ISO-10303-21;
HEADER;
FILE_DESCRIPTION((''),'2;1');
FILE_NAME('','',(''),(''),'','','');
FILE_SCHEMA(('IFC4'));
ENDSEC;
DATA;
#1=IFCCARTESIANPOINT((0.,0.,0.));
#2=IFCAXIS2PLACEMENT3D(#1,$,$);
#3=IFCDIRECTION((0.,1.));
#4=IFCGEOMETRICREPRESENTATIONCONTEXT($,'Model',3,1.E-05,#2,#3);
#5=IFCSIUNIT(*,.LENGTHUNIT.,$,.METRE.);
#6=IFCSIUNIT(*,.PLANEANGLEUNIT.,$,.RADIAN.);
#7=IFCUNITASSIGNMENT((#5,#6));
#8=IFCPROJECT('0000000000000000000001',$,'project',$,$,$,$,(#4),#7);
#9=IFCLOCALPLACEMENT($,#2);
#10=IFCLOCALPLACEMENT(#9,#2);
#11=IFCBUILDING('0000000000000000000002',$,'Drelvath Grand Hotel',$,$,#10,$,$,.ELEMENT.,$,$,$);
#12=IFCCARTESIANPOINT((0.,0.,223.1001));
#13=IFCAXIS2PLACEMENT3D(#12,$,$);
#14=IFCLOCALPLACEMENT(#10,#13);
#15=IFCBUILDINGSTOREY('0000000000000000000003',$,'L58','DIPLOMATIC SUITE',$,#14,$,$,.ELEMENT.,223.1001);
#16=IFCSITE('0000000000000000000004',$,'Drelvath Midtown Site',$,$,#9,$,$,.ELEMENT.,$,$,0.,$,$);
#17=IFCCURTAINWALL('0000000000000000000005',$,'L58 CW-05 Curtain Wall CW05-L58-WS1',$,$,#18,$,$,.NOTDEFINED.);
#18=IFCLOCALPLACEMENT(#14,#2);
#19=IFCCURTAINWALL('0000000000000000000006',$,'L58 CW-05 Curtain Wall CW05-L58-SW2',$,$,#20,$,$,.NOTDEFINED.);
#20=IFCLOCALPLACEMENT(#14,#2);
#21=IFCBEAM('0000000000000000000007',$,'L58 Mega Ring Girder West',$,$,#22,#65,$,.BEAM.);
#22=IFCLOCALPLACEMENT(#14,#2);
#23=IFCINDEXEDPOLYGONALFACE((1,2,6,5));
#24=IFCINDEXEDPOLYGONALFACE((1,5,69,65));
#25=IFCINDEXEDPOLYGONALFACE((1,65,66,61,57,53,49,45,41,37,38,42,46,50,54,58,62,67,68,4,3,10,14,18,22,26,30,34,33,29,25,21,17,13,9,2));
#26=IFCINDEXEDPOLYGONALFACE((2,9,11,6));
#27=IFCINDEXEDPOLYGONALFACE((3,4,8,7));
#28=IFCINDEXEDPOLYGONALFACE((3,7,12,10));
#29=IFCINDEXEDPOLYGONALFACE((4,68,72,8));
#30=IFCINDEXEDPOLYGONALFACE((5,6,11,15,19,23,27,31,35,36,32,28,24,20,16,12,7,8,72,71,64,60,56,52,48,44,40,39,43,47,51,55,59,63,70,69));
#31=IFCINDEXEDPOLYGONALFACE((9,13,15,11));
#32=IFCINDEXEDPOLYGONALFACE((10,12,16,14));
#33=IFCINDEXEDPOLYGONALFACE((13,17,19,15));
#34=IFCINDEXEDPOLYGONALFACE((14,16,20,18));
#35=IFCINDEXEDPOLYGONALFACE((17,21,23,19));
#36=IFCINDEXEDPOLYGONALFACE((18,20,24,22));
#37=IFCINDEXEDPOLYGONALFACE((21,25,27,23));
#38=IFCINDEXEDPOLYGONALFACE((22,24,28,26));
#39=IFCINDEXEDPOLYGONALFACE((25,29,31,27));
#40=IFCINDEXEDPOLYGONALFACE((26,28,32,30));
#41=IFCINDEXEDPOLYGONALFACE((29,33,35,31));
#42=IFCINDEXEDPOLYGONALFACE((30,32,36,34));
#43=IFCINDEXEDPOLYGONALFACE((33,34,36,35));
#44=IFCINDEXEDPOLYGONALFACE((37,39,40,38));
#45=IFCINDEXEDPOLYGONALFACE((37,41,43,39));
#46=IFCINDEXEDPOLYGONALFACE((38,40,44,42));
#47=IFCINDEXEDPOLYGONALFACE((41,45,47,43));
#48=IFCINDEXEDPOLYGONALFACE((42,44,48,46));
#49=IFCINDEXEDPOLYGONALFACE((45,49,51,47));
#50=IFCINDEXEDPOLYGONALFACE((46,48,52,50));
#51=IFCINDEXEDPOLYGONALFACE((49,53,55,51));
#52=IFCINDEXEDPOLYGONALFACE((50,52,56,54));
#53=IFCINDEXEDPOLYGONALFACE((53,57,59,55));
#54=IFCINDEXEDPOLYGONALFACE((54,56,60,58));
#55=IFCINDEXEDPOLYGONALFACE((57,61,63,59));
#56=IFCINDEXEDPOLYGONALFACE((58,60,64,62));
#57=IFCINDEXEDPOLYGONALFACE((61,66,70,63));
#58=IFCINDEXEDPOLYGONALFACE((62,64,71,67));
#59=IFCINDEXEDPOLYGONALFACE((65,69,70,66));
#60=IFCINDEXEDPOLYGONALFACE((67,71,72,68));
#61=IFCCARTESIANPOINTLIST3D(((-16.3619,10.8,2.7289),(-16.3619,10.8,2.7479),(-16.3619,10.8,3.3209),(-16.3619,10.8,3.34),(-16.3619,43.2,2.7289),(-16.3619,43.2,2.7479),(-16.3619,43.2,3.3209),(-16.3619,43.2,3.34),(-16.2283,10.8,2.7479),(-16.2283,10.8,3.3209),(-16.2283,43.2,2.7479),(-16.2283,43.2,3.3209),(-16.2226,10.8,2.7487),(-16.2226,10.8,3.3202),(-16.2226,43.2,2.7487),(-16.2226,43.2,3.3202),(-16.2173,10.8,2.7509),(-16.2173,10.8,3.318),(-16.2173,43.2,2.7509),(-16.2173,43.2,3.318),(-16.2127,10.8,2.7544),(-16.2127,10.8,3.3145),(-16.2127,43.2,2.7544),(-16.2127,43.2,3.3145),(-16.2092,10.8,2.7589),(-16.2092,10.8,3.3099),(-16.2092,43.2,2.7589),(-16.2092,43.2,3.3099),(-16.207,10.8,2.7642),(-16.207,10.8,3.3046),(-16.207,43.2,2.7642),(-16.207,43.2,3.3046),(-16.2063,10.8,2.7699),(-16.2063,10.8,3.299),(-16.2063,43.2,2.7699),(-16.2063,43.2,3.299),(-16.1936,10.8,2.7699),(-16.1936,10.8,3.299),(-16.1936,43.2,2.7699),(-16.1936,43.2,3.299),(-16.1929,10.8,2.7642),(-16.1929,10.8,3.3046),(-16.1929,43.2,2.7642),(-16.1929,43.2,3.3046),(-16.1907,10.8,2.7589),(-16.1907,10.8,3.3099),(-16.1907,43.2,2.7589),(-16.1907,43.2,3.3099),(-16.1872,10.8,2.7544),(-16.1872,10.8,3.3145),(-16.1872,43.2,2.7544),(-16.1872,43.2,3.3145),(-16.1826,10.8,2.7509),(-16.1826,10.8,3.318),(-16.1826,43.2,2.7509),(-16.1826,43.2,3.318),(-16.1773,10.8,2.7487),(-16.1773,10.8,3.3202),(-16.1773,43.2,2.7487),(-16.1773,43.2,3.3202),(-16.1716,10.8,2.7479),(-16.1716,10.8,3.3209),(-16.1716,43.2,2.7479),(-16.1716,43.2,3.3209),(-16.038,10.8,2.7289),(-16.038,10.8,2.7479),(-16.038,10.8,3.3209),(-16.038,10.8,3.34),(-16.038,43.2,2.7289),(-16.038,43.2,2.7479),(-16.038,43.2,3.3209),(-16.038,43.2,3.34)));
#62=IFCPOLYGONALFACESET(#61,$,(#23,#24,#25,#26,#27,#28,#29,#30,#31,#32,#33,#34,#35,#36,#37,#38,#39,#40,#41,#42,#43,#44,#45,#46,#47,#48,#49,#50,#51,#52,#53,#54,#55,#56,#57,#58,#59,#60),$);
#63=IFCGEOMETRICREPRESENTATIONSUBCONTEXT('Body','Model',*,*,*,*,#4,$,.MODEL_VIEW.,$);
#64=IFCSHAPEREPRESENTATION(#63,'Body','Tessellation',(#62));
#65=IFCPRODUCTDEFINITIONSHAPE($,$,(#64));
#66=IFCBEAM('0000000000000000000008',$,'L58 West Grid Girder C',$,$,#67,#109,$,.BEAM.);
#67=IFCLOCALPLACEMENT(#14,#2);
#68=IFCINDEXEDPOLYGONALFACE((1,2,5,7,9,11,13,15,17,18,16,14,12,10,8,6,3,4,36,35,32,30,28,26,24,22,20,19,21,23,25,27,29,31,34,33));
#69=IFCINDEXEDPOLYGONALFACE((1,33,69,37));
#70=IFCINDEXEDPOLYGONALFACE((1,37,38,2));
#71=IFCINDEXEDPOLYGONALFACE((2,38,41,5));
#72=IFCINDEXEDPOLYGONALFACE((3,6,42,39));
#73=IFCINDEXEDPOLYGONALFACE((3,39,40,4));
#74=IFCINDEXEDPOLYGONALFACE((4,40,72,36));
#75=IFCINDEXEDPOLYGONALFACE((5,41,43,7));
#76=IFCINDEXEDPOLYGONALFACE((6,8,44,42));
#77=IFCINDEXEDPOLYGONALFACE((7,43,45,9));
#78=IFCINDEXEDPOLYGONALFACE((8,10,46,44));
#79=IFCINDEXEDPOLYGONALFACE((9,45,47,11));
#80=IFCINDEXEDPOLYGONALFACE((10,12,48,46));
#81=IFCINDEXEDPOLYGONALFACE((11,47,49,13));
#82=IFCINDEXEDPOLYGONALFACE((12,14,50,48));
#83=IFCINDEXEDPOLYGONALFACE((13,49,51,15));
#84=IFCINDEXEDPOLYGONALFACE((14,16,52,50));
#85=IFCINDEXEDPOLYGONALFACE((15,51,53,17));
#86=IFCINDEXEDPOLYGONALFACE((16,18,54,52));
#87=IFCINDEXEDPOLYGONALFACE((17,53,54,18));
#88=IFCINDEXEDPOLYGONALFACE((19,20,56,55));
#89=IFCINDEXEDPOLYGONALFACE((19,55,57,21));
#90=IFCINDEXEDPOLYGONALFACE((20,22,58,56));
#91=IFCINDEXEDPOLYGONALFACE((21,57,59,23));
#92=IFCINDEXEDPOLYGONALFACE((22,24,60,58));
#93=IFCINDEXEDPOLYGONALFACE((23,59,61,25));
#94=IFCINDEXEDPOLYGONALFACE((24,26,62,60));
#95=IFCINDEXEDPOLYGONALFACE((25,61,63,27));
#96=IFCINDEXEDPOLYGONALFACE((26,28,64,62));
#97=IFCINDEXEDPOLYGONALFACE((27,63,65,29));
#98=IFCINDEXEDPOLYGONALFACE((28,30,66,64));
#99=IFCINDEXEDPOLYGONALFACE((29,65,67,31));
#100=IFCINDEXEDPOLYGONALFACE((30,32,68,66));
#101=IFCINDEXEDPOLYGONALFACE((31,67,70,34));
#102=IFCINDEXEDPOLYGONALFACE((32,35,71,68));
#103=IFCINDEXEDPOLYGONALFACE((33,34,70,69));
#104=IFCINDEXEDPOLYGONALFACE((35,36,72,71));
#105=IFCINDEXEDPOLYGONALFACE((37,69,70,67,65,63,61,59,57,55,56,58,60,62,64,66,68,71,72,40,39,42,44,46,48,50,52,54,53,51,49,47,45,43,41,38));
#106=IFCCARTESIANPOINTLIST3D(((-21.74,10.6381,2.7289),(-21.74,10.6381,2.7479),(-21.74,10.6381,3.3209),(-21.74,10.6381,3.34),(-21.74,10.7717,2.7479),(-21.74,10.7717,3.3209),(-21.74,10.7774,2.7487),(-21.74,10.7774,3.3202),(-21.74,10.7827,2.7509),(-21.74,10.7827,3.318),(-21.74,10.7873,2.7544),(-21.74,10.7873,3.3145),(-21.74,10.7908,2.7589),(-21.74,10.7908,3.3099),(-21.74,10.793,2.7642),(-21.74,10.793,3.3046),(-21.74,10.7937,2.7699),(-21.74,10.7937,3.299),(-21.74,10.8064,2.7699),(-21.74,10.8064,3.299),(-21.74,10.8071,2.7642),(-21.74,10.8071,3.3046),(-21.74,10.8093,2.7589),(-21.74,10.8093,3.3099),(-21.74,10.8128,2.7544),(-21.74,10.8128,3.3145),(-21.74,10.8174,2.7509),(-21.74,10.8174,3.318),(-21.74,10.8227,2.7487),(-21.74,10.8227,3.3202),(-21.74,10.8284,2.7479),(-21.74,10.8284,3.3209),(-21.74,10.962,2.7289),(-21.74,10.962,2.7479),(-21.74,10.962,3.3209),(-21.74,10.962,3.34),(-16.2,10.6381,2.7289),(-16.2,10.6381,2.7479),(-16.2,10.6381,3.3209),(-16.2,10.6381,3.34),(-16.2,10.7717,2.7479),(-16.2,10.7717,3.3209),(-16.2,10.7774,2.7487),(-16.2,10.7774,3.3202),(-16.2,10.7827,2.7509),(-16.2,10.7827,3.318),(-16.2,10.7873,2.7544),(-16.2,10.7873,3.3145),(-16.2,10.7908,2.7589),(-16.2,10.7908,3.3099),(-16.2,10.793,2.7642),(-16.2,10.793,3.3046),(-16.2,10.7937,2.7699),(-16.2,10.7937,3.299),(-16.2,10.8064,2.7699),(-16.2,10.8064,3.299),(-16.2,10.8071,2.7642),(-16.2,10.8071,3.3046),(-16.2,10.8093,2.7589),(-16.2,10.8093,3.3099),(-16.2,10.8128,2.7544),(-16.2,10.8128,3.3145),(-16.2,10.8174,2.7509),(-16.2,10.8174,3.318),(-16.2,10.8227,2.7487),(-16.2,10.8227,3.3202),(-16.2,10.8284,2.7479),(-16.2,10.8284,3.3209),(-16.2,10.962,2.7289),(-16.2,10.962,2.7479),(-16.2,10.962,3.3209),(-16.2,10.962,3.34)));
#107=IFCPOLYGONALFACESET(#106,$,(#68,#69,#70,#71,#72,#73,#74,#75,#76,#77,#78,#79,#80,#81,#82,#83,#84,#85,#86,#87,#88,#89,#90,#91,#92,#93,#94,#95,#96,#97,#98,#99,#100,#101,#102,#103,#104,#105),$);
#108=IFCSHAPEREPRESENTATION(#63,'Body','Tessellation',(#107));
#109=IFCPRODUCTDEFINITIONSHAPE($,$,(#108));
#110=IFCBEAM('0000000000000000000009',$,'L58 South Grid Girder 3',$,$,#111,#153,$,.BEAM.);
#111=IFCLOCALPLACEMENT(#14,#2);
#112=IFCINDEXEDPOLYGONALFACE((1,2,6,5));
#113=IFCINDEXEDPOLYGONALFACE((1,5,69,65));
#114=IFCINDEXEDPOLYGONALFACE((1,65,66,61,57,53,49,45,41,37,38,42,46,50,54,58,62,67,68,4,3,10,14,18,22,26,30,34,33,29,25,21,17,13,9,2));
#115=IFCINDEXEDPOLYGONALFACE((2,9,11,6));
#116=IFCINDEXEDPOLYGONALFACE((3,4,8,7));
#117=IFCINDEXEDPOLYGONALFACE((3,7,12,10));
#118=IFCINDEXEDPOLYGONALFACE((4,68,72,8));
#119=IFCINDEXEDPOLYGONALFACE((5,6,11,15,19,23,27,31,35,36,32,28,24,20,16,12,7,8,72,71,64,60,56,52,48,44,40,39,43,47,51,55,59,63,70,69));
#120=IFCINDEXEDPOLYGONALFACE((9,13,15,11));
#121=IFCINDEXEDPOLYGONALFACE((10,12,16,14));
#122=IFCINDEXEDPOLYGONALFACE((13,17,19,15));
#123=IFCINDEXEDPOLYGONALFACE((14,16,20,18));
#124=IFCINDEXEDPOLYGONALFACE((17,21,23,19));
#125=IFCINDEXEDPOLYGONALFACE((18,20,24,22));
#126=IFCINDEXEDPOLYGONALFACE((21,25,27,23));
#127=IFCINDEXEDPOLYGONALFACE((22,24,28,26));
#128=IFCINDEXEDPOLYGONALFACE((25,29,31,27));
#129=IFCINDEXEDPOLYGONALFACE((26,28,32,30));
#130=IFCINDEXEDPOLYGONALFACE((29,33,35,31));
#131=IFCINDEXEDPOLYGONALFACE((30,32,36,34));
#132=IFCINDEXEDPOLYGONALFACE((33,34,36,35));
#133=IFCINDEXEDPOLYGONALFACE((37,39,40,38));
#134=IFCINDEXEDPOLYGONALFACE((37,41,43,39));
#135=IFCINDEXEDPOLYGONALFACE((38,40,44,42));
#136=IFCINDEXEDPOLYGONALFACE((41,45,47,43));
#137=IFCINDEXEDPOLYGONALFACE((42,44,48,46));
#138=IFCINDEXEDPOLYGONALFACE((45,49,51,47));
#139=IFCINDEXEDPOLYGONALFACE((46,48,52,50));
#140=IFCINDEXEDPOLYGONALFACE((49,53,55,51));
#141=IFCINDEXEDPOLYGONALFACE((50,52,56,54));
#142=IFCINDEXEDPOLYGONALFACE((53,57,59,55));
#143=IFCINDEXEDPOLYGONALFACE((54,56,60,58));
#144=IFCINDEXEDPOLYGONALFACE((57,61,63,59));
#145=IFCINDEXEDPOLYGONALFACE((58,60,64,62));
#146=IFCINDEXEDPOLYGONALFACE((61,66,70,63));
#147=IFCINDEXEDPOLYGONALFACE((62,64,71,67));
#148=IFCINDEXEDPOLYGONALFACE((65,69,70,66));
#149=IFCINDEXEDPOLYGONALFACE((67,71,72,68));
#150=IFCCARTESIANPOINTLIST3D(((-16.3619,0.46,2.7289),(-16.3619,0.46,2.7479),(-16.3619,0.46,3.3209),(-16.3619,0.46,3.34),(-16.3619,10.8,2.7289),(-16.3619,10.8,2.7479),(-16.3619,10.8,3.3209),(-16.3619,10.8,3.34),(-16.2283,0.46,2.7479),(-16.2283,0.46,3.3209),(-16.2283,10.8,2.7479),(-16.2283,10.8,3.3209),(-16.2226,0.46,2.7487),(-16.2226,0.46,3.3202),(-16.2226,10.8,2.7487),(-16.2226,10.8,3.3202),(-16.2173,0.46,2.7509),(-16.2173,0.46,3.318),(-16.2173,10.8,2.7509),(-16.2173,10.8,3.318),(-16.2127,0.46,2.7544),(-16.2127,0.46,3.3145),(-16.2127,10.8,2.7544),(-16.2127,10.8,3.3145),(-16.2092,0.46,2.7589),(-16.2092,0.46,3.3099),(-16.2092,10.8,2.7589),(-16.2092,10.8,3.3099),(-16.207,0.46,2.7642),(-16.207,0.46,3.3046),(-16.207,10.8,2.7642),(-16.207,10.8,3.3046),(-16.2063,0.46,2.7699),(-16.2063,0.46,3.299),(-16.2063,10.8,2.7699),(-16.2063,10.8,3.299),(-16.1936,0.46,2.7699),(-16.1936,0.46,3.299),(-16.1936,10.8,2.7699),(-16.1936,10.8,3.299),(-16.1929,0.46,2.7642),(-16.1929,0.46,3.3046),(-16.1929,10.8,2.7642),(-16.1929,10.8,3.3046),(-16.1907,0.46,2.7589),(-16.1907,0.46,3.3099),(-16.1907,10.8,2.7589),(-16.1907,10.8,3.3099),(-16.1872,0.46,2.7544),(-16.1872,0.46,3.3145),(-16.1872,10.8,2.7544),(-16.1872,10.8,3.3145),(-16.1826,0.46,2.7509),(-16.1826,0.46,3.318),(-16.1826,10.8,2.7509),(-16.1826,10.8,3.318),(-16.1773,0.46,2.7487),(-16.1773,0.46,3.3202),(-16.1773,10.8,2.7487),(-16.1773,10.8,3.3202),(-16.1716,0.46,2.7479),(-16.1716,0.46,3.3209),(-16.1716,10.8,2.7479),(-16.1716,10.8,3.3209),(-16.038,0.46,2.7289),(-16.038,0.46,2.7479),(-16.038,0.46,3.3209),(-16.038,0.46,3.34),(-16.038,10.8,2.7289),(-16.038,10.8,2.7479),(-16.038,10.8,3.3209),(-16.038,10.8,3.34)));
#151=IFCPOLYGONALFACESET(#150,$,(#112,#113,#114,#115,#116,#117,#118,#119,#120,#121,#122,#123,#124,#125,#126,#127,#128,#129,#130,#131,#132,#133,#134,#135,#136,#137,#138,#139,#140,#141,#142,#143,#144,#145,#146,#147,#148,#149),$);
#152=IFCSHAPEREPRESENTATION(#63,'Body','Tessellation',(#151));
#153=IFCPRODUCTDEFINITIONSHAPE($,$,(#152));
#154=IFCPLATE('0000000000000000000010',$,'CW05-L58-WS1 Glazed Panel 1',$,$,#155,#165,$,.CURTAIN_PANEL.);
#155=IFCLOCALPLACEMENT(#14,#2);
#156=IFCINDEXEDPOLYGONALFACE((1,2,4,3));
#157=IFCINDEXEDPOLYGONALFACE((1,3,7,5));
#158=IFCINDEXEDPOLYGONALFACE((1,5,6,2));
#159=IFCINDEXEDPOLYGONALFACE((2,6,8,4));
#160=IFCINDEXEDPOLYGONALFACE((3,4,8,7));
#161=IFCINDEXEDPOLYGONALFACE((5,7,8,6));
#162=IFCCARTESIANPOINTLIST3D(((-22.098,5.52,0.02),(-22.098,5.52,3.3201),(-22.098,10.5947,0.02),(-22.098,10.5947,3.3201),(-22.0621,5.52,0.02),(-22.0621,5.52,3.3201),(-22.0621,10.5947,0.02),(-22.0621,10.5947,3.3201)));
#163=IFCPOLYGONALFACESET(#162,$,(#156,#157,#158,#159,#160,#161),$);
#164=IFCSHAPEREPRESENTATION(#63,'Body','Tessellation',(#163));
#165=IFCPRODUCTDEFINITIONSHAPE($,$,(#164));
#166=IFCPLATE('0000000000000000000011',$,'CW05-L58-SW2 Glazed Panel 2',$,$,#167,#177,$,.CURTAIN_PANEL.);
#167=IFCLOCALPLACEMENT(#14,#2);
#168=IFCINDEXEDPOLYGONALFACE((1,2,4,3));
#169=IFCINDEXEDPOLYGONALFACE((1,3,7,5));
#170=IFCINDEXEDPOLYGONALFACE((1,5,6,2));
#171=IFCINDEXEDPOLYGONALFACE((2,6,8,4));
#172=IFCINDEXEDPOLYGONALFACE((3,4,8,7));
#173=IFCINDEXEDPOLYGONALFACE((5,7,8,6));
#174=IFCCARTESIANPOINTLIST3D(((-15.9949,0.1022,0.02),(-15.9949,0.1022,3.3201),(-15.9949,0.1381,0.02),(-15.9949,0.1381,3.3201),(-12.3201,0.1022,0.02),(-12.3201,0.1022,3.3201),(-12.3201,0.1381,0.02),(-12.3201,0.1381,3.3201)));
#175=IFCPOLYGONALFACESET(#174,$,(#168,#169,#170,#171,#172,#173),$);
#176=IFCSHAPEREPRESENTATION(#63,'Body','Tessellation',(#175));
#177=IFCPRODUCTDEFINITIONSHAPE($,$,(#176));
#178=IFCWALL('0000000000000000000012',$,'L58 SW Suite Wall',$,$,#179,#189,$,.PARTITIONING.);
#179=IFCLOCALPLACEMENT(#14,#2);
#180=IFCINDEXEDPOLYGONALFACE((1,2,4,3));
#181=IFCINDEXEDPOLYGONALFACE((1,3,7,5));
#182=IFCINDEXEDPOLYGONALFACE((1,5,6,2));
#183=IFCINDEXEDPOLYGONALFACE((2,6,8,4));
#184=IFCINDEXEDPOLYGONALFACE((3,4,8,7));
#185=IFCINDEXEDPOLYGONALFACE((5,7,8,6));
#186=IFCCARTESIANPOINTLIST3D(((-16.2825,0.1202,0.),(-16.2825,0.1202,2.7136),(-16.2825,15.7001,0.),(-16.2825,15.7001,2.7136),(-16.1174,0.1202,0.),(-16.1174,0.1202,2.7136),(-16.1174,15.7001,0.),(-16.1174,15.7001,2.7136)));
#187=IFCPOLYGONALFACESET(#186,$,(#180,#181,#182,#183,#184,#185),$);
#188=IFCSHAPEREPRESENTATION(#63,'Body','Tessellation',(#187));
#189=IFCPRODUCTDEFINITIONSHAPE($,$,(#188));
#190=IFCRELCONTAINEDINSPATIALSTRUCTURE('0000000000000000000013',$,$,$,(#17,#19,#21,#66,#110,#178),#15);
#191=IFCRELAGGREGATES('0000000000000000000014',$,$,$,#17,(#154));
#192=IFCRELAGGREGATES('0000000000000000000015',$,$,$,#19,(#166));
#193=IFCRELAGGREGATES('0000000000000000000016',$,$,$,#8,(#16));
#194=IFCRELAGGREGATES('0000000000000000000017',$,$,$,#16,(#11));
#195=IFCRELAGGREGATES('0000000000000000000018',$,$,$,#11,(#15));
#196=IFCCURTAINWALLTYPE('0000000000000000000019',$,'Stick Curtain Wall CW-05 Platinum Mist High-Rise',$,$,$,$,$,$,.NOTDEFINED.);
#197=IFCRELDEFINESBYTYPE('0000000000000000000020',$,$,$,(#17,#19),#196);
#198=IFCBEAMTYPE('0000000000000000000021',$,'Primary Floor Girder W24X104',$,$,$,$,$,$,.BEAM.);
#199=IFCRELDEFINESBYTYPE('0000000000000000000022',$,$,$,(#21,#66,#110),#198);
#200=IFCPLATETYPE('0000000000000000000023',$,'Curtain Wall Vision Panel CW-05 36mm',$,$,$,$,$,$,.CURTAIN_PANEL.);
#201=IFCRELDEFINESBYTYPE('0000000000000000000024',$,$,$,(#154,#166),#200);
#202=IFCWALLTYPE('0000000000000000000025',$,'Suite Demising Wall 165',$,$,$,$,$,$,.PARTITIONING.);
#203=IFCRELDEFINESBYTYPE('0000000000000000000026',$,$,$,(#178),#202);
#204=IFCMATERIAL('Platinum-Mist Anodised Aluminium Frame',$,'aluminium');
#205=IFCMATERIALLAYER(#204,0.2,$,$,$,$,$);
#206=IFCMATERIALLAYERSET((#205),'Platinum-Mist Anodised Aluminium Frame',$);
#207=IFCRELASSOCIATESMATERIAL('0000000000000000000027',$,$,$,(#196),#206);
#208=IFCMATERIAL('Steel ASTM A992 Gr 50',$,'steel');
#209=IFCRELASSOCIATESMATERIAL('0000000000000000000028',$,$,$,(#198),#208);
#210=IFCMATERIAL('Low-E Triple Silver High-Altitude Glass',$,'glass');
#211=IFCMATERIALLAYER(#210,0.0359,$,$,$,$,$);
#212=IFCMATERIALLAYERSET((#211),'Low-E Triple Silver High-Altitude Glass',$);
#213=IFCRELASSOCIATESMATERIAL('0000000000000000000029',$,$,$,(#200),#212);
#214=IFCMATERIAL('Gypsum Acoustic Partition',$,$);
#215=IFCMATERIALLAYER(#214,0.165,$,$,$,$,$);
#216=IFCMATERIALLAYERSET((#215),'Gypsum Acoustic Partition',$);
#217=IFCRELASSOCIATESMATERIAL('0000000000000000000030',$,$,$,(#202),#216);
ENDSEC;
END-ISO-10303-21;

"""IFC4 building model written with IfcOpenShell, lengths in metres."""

from ifc_helpers import new_model, si_unit, direction, frame, frame_2d, origin, origin_2d, place, context, subcontext, project, spatial, rectangle, i_section, extrude, material, layer, layer_set, material_profile, profile_set, type_object, element, aggregate, save


model = new_model("IFC4")

# Units and contexts
model_context = context("Model", 3, precision=1e-05, world=origin(), true_north=direction((0.0, 1.0)))
body_context = subcontext(model_context, "Body", "Model", "MODEL_VIEW")
ifc_project = project(units=[si_unit("LENGTHUNIT", "METRE"), si_unit("PLANEANGLEUNIT", "RADIAN")], contexts=[model_context])

# Site, building, storey
site_placement = place(None, origin())
site = spatial("IfcSite", under=ifc_project, at=site_placement, Name="Drelvath Midtown Site", CompositionType="ELEMENT", RefElevation=0.0)
building_placement = place(site_placement, origin())
building = spatial("IfcBuilding", under=site, at=building_placement, Name="Drelvath Grand Hotel", CompositionType="ELEMENT")
storey_placement = place(building_placement, frame((0.0, 0.0, 223.1001)))
storey = spatial("IfcBuildingStorey", under=building, at=storey_placement, Name="L58", Description="DIPLOMATIC SUITE", CompositionType="ELEMENT", Elevation=223.1001)

# Shared definitions
ifc_material_1 = material(Name="Steel ASTM A992 Gr 50", Category="steel")

# Curtain walls
ifc_material_2 = material(Name="Platinum-Mist Anodised Aluminium Frame", Category="aluminium")
ifc_layer_1 = layer(ifc_material_2, 0.2)
ifc_layer_set_1 = layer_set([ifc_layer_1], Name="Platinum-Mist Anodised Aluminium Frame")
curtain_wall_type = type_object("IfcCurtainWallType", Name="Stick Curtain Wall CW-05 Platinum Mist High-Rise", PredefinedType="NOTDEFINED", material=ifc_layer_set_1)
curtain_wall_1_placement = place(storey_placement, origin())
curtain_wall_1 = element("IfcCurtainWall", 1, at=curtain_wall_1_placement, inside=storey, type_object=curtain_wall_type, Name="L58 CW-05 Curtain Wall CW05-L58-WS1", PredefinedType="NOTDEFINED")
curtain_wall_2_placement = place(storey_placement, origin())
curtain_wall_2 = element("IfcCurtainWall", 2, at=curtain_wall_2_placement, inside=storey, type_object=curtain_wall_type, Name="L58 CW-05 Curtain Wall CW05-L58-SW2", PredefinedType="NOTDEFINED")

# Beams
ifc_material_profile_1 = material_profile(ifc_material_1, i_section(OverallWidth=0.324, OverallDepth=0.6111, WebThickness=0.0127, FlangeThickness=0.019, FilletRadius=0.022, at=origin_2d()), Name="W24X104")
ifc_profile_set_1 = profile_set([ifc_material_profile_1], Name="Steel ASTM A992 Gr 50")
beam_type_1 = type_object("IfcBeamType", Name="Primary Floor Girder W24X104", PredefinedType="BEAM", material=ifc_profile_set_1)
for number, where, z_axis, x_axis, name in (
    (3, (-16.2, 10.8, 3.0344), (0.0, 1.0, 0.0), (-1.0, 0.0, 0.0), "L58 Mega Ring Girder West"),
):
    element("IfcBeam", number, at=place(storey_placement, frame(where, z_axis=z_axis, x_axis=x_axis)), inside=storey, type_object=beam_type_1, Name=name, PredefinedType="BEAM", context=body_context, shape_type="SweptSolid", body=[
        extrude(i_section(OverallWidth=0.324, OverallDepth=0.6111, WebThickness=0.0127, FlangeThickness=0.019, FilletRadius=0.022, at=origin_2d()), origin(), (0.0, 0.0, 1.0), 32.3999),
    ])
beam_1_placement = place(storey_placement, frame((-21.74, 10.8, 3.0344), z_axis=(1.0, 0.0, 0.0), x_axis=(0.0, 1.0, 0.0)))
element("IfcBeam", 4, at=beam_1_placement, inside=storey, type_object=beam_type_1, Name="L58 West Grid Girder C", PredefinedType="BEAM", context=body_context, shape_type="SweptSolid", body=[
    extrude(i_section(OverallWidth=0.324, OverallDepth=0.6111, WebThickness=0.0127, FlangeThickness=0.019, FilletRadius=0.022, at=origin_2d()), origin(), (0.0, 0.0, 1.0), 5.54),
])
beam_2_placement = place(storey_placement, frame((-16.2, 0.46, 3.0344), z_axis=(0.0, 1.0, 0.0), x_axis=(-1.0, 0.0, 0.0)))
element("IfcBeam", 5, at=beam_2_placement, inside=storey, type_object=beam_type_1, Name="L58 South Grid Girder 3", PredefinedType="BEAM", context=body_context, shape_type="SweptSolid", body=[
    extrude(i_section(OverallWidth=0.324, OverallDepth=0.6111, WebThickness=0.0127, FlangeThickness=0.019, FilletRadius=0.022, at=origin_2d()), origin(), (0.0, 0.0, 1.0), 10.3401),
])

# Plates
ifc_material_3 = material(Name="Low-E Triple Silver High-Altitude Glass", Category="glass")
ifc_layer_2 = layer(ifc_material_3, 0.0359)
ifc_layer_set_2 = layer_set([ifc_layer_2], Name="Low-E Triple Silver High-Altitude Glass")
plate_type = type_object("IfcPlateType", Name="Curtain Wall Vision Panel CW-05 36mm", PredefinedType="CURTAIN_PANEL", material=ifc_layer_set_2)
plate_1_placement = place(storey_placement, frame((-22.0801, 8.0574, 0.02), z_axis=(0.0, 0.0, 1.0), x_axis=(0.0, 1.0, 0.0)))
plate_1 = element("IfcPlate", 6, at=plate_1_placement, type_object=plate_type, Name="CW05-L58-WS1 Glazed Panel 1", PredefinedType="CURTAIN_PANEL", context=body_context, shape_type="SweptSolid", body=[
    extrude(rectangle(XDim=5.0747, YDim=0.0359, at=origin_2d()), origin(), (0.0, 0.0, 1.0), 3.3),
])
aggregate(curtain_wall_1, [plate_1])
plate_2_placement = place(storey_placement, frame((-14.1575, 0.1201, 0.02), z_axis=(0.0, 0.0, 1.0), x_axis=(-1.0, 0.0, 0.0)))
plate_2 = element("IfcPlate", 7, at=plate_2_placement, type_object=plate_type, Name="CW05-L58-SW2 Glazed Panel 2", PredefinedType="CURTAIN_PANEL", context=body_context, shape_type="SweptSolid", body=[
    extrude(rectangle(XDim=3.6748, YDim=0.0359, at=origin_2d()), origin(), (0.0, 0.0, 1.0), 3.3),
])
aggregate(curtain_wall_2, [plate_2])

# Wall
ifc_material_4 = material(Name="Gypsum Acoustic Partition")
ifc_layer_3 = layer(ifc_material_4, 0.165)
ifc_layer_set_3 = layer_set([ifc_layer_3], Name="Gypsum Acoustic Partition")
wall_type_1 = type_object("IfcWallType", Name="Suite Demising Wall 165", PredefinedType="PARTITIONING", material=ifc_layer_set_3)
wall_1_placement = place(storey_placement, frame((-16.2, 0.1201, 0.0), z_axis=(0.0, 0.0, 1.0), x_axis=(0.0, 1.0, 0.0)))
element("IfcWall", 8, at=wall_1_placement, inside=storey, type_object=wall_type_1, Name="L58 SW Suite Wall", PredefinedType="PARTITIONING", context=body_context, shape_type="SweptSolid", body=[
    extrude(rectangle(XDim=15.5798, YDim=0.165, at=frame_2d((7.79, 0.0))), origin(), (0.0, 0.0, 1.0), 2.7136),
])

save(model, "model.ifc")
